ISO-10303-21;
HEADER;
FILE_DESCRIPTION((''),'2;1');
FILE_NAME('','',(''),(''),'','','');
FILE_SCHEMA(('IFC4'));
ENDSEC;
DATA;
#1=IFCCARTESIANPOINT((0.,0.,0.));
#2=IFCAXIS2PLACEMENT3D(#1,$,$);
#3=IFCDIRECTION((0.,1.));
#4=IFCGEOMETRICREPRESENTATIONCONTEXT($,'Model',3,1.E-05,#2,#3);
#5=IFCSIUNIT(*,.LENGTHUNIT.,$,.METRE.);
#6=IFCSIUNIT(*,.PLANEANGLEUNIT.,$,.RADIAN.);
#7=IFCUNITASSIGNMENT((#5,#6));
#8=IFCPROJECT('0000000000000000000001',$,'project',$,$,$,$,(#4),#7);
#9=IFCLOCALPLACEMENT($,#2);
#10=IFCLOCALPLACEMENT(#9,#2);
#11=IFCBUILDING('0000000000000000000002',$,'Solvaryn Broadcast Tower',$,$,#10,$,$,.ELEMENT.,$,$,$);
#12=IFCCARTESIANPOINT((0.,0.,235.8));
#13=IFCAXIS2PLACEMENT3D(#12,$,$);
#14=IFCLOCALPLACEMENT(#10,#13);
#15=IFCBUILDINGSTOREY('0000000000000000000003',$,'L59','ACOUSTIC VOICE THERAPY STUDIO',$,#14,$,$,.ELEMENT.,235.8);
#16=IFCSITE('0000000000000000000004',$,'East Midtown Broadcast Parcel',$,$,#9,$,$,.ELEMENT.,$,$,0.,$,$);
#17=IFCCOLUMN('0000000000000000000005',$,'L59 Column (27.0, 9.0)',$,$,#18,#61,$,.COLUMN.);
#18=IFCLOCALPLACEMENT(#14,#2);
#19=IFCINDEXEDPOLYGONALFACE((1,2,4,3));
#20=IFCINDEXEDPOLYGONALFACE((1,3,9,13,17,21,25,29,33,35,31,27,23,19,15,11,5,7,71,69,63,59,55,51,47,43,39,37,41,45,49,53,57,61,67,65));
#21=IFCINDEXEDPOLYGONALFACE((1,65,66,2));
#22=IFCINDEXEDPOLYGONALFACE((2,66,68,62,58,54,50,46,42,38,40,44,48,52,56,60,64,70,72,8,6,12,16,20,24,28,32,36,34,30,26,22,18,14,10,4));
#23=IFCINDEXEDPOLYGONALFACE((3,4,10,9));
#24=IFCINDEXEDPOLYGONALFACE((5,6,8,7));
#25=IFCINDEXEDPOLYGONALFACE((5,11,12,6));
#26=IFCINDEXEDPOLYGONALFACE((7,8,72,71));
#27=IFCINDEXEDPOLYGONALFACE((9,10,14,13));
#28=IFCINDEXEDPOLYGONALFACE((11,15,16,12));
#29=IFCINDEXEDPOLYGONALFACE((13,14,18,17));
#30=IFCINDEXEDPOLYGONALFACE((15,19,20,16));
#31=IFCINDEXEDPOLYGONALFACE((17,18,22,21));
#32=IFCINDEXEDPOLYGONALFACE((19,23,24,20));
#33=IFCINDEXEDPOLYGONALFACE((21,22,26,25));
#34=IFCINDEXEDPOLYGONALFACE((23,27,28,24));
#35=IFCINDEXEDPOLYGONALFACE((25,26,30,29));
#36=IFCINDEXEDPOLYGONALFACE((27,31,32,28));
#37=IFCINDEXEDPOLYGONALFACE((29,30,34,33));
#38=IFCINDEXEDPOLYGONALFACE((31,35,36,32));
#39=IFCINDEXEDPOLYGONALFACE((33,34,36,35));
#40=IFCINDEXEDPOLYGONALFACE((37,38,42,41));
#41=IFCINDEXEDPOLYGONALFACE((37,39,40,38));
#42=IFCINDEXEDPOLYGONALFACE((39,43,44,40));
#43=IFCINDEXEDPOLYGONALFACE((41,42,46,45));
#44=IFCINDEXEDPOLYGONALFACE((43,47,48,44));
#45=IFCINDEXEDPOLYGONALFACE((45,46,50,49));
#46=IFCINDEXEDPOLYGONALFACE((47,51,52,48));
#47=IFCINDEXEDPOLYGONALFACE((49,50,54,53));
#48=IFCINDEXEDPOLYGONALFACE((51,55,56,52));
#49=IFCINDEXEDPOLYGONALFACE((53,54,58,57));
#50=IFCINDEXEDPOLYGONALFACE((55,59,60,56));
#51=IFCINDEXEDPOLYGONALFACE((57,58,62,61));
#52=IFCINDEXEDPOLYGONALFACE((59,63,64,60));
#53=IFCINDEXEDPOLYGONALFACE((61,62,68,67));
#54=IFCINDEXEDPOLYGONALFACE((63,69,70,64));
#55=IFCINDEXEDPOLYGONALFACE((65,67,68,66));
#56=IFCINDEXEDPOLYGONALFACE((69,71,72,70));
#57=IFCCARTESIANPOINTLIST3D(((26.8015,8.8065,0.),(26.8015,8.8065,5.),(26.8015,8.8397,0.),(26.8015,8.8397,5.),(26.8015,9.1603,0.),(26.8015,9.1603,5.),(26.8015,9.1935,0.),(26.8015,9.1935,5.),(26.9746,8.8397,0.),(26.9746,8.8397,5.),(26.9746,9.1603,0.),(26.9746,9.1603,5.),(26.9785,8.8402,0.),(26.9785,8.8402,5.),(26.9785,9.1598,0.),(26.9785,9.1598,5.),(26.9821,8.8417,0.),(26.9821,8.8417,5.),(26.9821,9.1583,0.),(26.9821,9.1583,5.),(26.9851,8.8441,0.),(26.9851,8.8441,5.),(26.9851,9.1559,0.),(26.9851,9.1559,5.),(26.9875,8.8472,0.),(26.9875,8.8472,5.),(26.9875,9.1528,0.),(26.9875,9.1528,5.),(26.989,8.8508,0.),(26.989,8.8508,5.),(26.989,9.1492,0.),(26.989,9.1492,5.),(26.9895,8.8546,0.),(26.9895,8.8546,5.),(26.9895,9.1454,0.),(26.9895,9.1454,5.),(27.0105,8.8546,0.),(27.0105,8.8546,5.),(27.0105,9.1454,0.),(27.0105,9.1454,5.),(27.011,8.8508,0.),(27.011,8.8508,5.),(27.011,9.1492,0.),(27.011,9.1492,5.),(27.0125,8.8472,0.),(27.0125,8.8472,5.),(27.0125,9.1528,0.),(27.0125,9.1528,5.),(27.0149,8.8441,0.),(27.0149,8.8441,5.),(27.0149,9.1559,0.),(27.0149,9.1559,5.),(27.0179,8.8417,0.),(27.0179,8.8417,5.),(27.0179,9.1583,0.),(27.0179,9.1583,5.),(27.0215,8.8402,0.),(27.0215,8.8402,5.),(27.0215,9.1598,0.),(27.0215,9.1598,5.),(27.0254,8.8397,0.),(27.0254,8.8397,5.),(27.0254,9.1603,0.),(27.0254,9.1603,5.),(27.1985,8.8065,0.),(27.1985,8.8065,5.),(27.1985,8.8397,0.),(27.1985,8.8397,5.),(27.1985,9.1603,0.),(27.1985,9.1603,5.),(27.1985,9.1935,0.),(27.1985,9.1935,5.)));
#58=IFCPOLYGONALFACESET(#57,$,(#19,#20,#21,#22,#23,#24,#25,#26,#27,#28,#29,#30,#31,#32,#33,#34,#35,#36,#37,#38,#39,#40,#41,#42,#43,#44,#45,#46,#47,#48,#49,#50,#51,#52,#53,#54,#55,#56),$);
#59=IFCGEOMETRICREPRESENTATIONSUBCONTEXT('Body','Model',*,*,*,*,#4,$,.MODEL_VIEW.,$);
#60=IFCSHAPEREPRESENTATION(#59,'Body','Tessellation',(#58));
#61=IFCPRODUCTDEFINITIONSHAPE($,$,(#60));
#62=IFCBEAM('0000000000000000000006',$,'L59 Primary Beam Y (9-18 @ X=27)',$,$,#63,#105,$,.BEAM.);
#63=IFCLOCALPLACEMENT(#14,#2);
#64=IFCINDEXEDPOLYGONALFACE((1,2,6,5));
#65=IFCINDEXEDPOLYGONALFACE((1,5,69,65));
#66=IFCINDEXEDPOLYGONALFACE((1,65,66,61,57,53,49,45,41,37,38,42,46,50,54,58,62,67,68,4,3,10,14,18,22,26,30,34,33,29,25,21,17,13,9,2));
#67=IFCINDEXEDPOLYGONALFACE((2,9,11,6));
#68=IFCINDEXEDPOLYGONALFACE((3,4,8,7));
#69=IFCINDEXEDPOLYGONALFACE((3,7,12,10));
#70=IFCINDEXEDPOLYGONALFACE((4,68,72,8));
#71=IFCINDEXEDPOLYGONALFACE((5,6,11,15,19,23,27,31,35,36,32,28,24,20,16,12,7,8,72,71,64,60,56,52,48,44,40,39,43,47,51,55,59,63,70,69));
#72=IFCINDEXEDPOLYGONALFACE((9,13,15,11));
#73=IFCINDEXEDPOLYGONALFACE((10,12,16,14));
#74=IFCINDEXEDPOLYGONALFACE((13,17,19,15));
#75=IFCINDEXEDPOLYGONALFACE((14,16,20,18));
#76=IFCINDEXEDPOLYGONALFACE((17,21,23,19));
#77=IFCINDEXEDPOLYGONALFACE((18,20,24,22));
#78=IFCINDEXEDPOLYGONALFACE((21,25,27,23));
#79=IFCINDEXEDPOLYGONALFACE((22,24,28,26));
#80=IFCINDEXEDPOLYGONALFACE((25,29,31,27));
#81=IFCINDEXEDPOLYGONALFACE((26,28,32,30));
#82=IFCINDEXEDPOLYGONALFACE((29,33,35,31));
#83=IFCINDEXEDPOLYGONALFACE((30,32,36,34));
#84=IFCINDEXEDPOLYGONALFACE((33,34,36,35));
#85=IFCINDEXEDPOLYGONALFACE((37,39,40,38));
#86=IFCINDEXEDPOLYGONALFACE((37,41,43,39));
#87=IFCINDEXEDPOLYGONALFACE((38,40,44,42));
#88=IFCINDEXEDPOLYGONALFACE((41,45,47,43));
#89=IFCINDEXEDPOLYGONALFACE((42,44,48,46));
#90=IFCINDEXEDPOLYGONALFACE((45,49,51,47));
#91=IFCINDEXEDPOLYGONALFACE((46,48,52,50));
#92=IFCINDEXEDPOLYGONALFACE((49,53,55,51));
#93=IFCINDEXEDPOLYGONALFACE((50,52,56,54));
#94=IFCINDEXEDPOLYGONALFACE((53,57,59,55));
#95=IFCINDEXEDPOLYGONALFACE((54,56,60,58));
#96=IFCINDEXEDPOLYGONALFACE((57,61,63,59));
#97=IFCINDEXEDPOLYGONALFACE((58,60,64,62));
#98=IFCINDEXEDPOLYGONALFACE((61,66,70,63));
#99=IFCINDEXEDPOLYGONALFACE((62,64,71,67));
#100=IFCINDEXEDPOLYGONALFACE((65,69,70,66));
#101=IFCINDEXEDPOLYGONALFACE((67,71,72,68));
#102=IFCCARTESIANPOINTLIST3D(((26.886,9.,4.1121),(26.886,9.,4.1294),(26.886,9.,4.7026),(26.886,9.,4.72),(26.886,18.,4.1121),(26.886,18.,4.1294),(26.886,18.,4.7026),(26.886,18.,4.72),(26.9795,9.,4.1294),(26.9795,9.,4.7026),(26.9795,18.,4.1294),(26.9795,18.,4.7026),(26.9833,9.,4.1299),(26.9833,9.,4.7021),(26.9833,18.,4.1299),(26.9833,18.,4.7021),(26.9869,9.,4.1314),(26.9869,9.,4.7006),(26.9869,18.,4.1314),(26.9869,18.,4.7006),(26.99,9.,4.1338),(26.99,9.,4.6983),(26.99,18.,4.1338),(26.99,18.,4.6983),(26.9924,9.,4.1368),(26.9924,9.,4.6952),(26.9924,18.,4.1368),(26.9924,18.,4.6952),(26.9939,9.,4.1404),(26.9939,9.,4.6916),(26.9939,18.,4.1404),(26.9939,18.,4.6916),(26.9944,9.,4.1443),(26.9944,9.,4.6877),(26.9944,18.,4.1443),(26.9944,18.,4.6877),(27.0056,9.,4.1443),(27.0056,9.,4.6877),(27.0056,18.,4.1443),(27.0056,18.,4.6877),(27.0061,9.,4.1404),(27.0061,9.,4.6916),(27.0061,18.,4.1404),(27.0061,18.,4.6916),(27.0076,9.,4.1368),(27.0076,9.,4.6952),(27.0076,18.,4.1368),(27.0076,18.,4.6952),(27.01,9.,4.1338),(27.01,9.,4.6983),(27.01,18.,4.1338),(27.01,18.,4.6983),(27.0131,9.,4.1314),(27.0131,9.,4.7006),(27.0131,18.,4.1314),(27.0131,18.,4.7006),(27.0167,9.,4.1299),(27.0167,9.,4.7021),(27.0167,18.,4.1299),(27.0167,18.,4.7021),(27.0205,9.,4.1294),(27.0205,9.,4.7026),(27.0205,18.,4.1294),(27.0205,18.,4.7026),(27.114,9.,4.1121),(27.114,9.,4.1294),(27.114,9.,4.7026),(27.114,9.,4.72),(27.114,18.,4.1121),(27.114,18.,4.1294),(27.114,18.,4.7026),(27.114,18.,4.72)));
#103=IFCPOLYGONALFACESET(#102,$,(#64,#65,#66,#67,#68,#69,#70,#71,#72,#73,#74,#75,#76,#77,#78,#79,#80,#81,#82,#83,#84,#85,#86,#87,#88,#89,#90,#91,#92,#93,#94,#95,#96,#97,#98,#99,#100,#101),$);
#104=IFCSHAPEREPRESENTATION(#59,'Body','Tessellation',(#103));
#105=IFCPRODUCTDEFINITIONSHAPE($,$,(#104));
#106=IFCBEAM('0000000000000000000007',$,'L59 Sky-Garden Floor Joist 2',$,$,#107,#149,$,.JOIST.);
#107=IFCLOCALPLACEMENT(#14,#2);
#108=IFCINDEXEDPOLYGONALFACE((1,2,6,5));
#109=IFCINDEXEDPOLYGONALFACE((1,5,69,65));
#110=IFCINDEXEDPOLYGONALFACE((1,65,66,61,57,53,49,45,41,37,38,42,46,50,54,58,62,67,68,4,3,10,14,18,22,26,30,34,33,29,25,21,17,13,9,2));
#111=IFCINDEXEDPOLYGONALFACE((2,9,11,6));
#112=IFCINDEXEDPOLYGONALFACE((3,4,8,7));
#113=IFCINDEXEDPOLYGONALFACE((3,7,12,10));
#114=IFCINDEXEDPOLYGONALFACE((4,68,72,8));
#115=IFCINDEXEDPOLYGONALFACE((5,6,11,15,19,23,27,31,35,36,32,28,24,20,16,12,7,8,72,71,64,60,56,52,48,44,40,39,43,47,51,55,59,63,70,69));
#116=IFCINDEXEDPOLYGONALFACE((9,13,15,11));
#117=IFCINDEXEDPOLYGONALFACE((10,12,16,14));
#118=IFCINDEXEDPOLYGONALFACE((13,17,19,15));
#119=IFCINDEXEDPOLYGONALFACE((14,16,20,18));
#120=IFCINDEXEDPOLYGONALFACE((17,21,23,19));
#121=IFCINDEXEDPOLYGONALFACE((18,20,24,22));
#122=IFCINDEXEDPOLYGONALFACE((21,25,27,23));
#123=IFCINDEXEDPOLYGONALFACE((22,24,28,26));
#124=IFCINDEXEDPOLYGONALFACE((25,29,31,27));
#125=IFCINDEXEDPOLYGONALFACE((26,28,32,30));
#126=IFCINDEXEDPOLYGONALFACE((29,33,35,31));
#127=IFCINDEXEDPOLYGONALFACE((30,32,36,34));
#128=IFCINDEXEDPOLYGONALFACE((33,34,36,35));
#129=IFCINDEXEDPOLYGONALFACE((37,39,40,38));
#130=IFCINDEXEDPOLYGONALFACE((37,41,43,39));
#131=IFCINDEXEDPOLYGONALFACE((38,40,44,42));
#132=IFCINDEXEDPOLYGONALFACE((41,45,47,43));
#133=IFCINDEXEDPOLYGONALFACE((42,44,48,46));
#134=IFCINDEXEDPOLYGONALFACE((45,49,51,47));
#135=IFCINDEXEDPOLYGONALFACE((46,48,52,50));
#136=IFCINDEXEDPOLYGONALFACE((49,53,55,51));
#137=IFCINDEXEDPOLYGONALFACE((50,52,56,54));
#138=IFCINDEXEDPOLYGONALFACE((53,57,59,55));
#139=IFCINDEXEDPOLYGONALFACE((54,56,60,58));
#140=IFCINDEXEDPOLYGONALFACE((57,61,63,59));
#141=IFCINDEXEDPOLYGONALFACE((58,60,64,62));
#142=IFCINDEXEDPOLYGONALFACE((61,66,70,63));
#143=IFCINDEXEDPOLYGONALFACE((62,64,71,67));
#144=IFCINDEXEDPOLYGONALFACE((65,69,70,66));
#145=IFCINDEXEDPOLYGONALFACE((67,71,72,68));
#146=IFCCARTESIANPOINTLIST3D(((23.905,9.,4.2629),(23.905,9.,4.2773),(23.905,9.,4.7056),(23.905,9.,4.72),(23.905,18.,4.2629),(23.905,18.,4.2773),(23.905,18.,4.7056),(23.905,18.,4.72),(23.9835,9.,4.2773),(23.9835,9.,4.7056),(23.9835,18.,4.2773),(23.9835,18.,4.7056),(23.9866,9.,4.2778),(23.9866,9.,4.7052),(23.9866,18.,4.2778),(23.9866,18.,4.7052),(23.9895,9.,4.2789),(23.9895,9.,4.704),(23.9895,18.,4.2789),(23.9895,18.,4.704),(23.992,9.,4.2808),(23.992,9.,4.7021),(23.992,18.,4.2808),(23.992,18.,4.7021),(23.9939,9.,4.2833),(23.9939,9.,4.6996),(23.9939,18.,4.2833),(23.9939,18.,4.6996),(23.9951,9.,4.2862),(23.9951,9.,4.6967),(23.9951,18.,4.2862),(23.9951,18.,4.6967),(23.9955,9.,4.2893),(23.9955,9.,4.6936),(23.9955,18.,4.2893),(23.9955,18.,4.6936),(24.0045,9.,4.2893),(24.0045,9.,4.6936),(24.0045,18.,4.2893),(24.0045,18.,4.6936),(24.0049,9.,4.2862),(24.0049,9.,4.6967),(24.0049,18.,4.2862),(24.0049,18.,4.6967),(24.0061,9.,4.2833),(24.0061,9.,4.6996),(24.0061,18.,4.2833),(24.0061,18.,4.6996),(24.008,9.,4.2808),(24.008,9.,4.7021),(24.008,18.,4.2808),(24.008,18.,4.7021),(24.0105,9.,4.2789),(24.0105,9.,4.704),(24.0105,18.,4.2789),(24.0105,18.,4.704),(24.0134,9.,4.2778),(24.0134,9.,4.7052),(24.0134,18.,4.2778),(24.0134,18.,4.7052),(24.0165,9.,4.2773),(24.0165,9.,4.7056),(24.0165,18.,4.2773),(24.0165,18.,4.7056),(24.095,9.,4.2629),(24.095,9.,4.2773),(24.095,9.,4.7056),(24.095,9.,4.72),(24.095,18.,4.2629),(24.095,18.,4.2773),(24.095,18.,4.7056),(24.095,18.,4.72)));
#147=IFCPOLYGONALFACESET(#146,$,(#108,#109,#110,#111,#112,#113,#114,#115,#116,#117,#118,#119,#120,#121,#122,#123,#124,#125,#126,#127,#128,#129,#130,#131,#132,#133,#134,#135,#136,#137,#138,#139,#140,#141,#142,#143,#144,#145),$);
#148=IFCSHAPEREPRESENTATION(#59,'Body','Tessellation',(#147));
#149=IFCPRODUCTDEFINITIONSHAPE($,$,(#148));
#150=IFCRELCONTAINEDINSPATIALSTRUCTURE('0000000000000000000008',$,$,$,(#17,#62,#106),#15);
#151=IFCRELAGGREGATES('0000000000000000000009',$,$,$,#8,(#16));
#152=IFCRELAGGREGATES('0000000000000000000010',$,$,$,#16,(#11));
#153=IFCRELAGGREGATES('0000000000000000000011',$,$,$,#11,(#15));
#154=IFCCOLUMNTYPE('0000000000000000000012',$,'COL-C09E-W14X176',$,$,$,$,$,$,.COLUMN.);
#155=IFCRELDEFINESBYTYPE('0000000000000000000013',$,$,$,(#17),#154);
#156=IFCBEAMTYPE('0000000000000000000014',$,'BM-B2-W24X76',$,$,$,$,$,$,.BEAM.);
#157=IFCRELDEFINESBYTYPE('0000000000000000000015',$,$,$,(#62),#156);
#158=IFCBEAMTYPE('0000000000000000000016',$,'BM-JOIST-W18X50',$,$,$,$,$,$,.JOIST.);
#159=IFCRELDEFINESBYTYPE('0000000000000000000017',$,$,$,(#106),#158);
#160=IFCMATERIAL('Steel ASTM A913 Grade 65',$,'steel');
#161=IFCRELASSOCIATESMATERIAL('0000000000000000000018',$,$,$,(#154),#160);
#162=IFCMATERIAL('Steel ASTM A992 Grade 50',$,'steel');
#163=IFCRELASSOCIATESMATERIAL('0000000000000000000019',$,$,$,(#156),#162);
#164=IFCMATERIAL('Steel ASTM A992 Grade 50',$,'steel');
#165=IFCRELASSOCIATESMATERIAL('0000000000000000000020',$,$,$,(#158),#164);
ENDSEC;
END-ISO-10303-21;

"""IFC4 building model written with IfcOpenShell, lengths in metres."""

from ifc_helpers import new_model, si_unit, direction, frame, origin, origin_2d, place, context, subcontext, project, spatial, i_section, extrude, material, material_profile, profile_set, type_object, element, save


model = new_model("IFC4")

# Units and contexts
model_context = context("Model", 3, precision=1e-05, world=origin(), true_north=direction((0.0, 1.0)))
body_context = subcontext(model_context, "Body", "Model", "MODEL_VIEW")
ifc_project = project(units=[si_unit("LENGTHUNIT", "METRE"), si_unit("PLANEANGLEUNIT", "RADIAN")], contexts=[model_context])

# Site, building, storey
site_placement = place(None, origin())
site = spatial("IfcSite", under=ifc_project, at=site_placement, Name="East Midtown Broadcast Parcel", CompositionType="ELEMENT", RefElevation=0.0)
building_placement = place(site_placement, origin())
building = spatial("IfcBuilding", under=site, at=building_placement, Name="Solvaryn Broadcast Tower", CompositionType="ELEMENT")
storey_placement = place(building_placement, frame((0.0, 0.0, 235.8)))
storey = spatial("IfcBuildingStorey", under=building, at=storey_placement, Name="L59", Description="ACOUSTIC VOICE THERAPY STUDIO", CompositionType="ELEMENT", Elevation=235.8)

# Column
ifc_material_1 = material(Name="Steel ASTM A913 Grade 65", Category="steel")
ifc_material_profile_1 = material_profile(ifc_material_1, i_section(OverallWidth=0.397, OverallDepth=0.387, WebThickness=0.021, FlangeThickness=0.0332, FilletRadius=0.0149, at=origin_2d()))
ifc_profile_set_1 = profile_set([ifc_material_profile_1], Name="Steel ASTM A913 Grade 65")
column_type = type_object("IfcColumnType", Name="COL-C09E-W14X176", PredefinedType="COLUMN", material=ifc_profile_set_1)
column_placement = place(storey_placement, frame((27.0, 9.0, 0.0), z_axis=(0.0, 0.0, 1.0), x_axis=(1.0, 0.0, 0.0)))
element("IfcColumn", 1, at=column_placement, inside=storey, type_object=column_type, Name="L59 Column (27.0, 9.0)", PredefinedType="COLUMN", context=body_context, shape_type="SweptSolid", body=[
    extrude(i_section(OverallWidth=0.397, OverallDepth=0.387, WebThickness=0.021, FlangeThickness=0.0332, FilletRadius=0.0149, at=origin_2d()), origin(), (0.0, 0.0, 1.0), 5.0),
])

# Beams
ifc_material_2 = material(Name="Steel ASTM A992 Grade 50", Category="steel")
ifc_material_profile_2 = material_profile(ifc_material_2, i_section(OverallWidth=0.228, OverallDepth=0.6079, WebThickness=0.0112, FlangeThickness=0.0173, FilletRadius=0.0149, at=origin_2d()))
ifc_profile_set_2 = profile_set([ifc_material_profile_2], Name="Steel ASTM A992 Grade 50")
beam_type_1 = type_object("IfcBeamType", Name="BM-B2-W24X76", PredefinedType="BEAM", material=ifc_profile_set_2)
beam_1_placement = place(storey_placement, frame((27.0, 9.0, 4.416), z_axis=(0.0, 1.0, 0.0), x_axis=(-1.0, 0.0, 0.0)))
element("IfcBeam", 2, at=beam_1_placement, inside=storey, type_object=beam_type_1, Name="L59 Primary Beam Y (9-18 @ X=27)", PredefinedType="BEAM", context=body_context, shape_type="SweptSolid", body=[
    extrude(i_section(OverallWidth=0.228, OverallDepth=0.6079, WebThickness=0.0112, FlangeThickness=0.0173, FilletRadius=0.0149, at=origin_2d()), origin(), (0.0, 0.0, 1.0), 9.0),
])
ifc_material_3 = material(Name="Steel ASTM A992 Grade 50", Category="steel")
ifc_material_profile_3 = material_profile(ifc_material_3, i_section(OverallWidth=0.1899, OverallDepth=0.457, WebThickness=0.009, FlangeThickness=0.0144, FilletRadius=0.012, at=origin_2d()))
ifc_profile_set_3 = profile_set([ifc_material_profile_3], Name="Steel ASTM A992 Grade 50")
beam_type_2 = type_object("IfcBeamType", Name="BM-JOIST-W18X50", PredefinedType="JOIST", material=ifc_profile_set_3)
beam_2_placement = place(storey_placement, frame((24.0, 9.0, 4.4915), z_axis=(0.0, 1.0, 0.0), x_axis=(-1.0, 0.0, 0.0)))
element("IfcBeam", 3, at=beam_2_placement, inside=storey, type_object=beam_type_2, Name="L59 Sky-Garden Floor Joist 2", PredefinedType="JOIST", context=body_context, shape_type="SweptSolid", body=[
    extrude(i_section(OverallWidth=0.1899, OverallDepth=0.457, WebThickness=0.009, FlangeThickness=0.0144, FilletRadius=0.012, at=origin_2d()), origin(), (0.0, 0.0, 1.0), 9.0),
])

save(model, "model.ifc")
